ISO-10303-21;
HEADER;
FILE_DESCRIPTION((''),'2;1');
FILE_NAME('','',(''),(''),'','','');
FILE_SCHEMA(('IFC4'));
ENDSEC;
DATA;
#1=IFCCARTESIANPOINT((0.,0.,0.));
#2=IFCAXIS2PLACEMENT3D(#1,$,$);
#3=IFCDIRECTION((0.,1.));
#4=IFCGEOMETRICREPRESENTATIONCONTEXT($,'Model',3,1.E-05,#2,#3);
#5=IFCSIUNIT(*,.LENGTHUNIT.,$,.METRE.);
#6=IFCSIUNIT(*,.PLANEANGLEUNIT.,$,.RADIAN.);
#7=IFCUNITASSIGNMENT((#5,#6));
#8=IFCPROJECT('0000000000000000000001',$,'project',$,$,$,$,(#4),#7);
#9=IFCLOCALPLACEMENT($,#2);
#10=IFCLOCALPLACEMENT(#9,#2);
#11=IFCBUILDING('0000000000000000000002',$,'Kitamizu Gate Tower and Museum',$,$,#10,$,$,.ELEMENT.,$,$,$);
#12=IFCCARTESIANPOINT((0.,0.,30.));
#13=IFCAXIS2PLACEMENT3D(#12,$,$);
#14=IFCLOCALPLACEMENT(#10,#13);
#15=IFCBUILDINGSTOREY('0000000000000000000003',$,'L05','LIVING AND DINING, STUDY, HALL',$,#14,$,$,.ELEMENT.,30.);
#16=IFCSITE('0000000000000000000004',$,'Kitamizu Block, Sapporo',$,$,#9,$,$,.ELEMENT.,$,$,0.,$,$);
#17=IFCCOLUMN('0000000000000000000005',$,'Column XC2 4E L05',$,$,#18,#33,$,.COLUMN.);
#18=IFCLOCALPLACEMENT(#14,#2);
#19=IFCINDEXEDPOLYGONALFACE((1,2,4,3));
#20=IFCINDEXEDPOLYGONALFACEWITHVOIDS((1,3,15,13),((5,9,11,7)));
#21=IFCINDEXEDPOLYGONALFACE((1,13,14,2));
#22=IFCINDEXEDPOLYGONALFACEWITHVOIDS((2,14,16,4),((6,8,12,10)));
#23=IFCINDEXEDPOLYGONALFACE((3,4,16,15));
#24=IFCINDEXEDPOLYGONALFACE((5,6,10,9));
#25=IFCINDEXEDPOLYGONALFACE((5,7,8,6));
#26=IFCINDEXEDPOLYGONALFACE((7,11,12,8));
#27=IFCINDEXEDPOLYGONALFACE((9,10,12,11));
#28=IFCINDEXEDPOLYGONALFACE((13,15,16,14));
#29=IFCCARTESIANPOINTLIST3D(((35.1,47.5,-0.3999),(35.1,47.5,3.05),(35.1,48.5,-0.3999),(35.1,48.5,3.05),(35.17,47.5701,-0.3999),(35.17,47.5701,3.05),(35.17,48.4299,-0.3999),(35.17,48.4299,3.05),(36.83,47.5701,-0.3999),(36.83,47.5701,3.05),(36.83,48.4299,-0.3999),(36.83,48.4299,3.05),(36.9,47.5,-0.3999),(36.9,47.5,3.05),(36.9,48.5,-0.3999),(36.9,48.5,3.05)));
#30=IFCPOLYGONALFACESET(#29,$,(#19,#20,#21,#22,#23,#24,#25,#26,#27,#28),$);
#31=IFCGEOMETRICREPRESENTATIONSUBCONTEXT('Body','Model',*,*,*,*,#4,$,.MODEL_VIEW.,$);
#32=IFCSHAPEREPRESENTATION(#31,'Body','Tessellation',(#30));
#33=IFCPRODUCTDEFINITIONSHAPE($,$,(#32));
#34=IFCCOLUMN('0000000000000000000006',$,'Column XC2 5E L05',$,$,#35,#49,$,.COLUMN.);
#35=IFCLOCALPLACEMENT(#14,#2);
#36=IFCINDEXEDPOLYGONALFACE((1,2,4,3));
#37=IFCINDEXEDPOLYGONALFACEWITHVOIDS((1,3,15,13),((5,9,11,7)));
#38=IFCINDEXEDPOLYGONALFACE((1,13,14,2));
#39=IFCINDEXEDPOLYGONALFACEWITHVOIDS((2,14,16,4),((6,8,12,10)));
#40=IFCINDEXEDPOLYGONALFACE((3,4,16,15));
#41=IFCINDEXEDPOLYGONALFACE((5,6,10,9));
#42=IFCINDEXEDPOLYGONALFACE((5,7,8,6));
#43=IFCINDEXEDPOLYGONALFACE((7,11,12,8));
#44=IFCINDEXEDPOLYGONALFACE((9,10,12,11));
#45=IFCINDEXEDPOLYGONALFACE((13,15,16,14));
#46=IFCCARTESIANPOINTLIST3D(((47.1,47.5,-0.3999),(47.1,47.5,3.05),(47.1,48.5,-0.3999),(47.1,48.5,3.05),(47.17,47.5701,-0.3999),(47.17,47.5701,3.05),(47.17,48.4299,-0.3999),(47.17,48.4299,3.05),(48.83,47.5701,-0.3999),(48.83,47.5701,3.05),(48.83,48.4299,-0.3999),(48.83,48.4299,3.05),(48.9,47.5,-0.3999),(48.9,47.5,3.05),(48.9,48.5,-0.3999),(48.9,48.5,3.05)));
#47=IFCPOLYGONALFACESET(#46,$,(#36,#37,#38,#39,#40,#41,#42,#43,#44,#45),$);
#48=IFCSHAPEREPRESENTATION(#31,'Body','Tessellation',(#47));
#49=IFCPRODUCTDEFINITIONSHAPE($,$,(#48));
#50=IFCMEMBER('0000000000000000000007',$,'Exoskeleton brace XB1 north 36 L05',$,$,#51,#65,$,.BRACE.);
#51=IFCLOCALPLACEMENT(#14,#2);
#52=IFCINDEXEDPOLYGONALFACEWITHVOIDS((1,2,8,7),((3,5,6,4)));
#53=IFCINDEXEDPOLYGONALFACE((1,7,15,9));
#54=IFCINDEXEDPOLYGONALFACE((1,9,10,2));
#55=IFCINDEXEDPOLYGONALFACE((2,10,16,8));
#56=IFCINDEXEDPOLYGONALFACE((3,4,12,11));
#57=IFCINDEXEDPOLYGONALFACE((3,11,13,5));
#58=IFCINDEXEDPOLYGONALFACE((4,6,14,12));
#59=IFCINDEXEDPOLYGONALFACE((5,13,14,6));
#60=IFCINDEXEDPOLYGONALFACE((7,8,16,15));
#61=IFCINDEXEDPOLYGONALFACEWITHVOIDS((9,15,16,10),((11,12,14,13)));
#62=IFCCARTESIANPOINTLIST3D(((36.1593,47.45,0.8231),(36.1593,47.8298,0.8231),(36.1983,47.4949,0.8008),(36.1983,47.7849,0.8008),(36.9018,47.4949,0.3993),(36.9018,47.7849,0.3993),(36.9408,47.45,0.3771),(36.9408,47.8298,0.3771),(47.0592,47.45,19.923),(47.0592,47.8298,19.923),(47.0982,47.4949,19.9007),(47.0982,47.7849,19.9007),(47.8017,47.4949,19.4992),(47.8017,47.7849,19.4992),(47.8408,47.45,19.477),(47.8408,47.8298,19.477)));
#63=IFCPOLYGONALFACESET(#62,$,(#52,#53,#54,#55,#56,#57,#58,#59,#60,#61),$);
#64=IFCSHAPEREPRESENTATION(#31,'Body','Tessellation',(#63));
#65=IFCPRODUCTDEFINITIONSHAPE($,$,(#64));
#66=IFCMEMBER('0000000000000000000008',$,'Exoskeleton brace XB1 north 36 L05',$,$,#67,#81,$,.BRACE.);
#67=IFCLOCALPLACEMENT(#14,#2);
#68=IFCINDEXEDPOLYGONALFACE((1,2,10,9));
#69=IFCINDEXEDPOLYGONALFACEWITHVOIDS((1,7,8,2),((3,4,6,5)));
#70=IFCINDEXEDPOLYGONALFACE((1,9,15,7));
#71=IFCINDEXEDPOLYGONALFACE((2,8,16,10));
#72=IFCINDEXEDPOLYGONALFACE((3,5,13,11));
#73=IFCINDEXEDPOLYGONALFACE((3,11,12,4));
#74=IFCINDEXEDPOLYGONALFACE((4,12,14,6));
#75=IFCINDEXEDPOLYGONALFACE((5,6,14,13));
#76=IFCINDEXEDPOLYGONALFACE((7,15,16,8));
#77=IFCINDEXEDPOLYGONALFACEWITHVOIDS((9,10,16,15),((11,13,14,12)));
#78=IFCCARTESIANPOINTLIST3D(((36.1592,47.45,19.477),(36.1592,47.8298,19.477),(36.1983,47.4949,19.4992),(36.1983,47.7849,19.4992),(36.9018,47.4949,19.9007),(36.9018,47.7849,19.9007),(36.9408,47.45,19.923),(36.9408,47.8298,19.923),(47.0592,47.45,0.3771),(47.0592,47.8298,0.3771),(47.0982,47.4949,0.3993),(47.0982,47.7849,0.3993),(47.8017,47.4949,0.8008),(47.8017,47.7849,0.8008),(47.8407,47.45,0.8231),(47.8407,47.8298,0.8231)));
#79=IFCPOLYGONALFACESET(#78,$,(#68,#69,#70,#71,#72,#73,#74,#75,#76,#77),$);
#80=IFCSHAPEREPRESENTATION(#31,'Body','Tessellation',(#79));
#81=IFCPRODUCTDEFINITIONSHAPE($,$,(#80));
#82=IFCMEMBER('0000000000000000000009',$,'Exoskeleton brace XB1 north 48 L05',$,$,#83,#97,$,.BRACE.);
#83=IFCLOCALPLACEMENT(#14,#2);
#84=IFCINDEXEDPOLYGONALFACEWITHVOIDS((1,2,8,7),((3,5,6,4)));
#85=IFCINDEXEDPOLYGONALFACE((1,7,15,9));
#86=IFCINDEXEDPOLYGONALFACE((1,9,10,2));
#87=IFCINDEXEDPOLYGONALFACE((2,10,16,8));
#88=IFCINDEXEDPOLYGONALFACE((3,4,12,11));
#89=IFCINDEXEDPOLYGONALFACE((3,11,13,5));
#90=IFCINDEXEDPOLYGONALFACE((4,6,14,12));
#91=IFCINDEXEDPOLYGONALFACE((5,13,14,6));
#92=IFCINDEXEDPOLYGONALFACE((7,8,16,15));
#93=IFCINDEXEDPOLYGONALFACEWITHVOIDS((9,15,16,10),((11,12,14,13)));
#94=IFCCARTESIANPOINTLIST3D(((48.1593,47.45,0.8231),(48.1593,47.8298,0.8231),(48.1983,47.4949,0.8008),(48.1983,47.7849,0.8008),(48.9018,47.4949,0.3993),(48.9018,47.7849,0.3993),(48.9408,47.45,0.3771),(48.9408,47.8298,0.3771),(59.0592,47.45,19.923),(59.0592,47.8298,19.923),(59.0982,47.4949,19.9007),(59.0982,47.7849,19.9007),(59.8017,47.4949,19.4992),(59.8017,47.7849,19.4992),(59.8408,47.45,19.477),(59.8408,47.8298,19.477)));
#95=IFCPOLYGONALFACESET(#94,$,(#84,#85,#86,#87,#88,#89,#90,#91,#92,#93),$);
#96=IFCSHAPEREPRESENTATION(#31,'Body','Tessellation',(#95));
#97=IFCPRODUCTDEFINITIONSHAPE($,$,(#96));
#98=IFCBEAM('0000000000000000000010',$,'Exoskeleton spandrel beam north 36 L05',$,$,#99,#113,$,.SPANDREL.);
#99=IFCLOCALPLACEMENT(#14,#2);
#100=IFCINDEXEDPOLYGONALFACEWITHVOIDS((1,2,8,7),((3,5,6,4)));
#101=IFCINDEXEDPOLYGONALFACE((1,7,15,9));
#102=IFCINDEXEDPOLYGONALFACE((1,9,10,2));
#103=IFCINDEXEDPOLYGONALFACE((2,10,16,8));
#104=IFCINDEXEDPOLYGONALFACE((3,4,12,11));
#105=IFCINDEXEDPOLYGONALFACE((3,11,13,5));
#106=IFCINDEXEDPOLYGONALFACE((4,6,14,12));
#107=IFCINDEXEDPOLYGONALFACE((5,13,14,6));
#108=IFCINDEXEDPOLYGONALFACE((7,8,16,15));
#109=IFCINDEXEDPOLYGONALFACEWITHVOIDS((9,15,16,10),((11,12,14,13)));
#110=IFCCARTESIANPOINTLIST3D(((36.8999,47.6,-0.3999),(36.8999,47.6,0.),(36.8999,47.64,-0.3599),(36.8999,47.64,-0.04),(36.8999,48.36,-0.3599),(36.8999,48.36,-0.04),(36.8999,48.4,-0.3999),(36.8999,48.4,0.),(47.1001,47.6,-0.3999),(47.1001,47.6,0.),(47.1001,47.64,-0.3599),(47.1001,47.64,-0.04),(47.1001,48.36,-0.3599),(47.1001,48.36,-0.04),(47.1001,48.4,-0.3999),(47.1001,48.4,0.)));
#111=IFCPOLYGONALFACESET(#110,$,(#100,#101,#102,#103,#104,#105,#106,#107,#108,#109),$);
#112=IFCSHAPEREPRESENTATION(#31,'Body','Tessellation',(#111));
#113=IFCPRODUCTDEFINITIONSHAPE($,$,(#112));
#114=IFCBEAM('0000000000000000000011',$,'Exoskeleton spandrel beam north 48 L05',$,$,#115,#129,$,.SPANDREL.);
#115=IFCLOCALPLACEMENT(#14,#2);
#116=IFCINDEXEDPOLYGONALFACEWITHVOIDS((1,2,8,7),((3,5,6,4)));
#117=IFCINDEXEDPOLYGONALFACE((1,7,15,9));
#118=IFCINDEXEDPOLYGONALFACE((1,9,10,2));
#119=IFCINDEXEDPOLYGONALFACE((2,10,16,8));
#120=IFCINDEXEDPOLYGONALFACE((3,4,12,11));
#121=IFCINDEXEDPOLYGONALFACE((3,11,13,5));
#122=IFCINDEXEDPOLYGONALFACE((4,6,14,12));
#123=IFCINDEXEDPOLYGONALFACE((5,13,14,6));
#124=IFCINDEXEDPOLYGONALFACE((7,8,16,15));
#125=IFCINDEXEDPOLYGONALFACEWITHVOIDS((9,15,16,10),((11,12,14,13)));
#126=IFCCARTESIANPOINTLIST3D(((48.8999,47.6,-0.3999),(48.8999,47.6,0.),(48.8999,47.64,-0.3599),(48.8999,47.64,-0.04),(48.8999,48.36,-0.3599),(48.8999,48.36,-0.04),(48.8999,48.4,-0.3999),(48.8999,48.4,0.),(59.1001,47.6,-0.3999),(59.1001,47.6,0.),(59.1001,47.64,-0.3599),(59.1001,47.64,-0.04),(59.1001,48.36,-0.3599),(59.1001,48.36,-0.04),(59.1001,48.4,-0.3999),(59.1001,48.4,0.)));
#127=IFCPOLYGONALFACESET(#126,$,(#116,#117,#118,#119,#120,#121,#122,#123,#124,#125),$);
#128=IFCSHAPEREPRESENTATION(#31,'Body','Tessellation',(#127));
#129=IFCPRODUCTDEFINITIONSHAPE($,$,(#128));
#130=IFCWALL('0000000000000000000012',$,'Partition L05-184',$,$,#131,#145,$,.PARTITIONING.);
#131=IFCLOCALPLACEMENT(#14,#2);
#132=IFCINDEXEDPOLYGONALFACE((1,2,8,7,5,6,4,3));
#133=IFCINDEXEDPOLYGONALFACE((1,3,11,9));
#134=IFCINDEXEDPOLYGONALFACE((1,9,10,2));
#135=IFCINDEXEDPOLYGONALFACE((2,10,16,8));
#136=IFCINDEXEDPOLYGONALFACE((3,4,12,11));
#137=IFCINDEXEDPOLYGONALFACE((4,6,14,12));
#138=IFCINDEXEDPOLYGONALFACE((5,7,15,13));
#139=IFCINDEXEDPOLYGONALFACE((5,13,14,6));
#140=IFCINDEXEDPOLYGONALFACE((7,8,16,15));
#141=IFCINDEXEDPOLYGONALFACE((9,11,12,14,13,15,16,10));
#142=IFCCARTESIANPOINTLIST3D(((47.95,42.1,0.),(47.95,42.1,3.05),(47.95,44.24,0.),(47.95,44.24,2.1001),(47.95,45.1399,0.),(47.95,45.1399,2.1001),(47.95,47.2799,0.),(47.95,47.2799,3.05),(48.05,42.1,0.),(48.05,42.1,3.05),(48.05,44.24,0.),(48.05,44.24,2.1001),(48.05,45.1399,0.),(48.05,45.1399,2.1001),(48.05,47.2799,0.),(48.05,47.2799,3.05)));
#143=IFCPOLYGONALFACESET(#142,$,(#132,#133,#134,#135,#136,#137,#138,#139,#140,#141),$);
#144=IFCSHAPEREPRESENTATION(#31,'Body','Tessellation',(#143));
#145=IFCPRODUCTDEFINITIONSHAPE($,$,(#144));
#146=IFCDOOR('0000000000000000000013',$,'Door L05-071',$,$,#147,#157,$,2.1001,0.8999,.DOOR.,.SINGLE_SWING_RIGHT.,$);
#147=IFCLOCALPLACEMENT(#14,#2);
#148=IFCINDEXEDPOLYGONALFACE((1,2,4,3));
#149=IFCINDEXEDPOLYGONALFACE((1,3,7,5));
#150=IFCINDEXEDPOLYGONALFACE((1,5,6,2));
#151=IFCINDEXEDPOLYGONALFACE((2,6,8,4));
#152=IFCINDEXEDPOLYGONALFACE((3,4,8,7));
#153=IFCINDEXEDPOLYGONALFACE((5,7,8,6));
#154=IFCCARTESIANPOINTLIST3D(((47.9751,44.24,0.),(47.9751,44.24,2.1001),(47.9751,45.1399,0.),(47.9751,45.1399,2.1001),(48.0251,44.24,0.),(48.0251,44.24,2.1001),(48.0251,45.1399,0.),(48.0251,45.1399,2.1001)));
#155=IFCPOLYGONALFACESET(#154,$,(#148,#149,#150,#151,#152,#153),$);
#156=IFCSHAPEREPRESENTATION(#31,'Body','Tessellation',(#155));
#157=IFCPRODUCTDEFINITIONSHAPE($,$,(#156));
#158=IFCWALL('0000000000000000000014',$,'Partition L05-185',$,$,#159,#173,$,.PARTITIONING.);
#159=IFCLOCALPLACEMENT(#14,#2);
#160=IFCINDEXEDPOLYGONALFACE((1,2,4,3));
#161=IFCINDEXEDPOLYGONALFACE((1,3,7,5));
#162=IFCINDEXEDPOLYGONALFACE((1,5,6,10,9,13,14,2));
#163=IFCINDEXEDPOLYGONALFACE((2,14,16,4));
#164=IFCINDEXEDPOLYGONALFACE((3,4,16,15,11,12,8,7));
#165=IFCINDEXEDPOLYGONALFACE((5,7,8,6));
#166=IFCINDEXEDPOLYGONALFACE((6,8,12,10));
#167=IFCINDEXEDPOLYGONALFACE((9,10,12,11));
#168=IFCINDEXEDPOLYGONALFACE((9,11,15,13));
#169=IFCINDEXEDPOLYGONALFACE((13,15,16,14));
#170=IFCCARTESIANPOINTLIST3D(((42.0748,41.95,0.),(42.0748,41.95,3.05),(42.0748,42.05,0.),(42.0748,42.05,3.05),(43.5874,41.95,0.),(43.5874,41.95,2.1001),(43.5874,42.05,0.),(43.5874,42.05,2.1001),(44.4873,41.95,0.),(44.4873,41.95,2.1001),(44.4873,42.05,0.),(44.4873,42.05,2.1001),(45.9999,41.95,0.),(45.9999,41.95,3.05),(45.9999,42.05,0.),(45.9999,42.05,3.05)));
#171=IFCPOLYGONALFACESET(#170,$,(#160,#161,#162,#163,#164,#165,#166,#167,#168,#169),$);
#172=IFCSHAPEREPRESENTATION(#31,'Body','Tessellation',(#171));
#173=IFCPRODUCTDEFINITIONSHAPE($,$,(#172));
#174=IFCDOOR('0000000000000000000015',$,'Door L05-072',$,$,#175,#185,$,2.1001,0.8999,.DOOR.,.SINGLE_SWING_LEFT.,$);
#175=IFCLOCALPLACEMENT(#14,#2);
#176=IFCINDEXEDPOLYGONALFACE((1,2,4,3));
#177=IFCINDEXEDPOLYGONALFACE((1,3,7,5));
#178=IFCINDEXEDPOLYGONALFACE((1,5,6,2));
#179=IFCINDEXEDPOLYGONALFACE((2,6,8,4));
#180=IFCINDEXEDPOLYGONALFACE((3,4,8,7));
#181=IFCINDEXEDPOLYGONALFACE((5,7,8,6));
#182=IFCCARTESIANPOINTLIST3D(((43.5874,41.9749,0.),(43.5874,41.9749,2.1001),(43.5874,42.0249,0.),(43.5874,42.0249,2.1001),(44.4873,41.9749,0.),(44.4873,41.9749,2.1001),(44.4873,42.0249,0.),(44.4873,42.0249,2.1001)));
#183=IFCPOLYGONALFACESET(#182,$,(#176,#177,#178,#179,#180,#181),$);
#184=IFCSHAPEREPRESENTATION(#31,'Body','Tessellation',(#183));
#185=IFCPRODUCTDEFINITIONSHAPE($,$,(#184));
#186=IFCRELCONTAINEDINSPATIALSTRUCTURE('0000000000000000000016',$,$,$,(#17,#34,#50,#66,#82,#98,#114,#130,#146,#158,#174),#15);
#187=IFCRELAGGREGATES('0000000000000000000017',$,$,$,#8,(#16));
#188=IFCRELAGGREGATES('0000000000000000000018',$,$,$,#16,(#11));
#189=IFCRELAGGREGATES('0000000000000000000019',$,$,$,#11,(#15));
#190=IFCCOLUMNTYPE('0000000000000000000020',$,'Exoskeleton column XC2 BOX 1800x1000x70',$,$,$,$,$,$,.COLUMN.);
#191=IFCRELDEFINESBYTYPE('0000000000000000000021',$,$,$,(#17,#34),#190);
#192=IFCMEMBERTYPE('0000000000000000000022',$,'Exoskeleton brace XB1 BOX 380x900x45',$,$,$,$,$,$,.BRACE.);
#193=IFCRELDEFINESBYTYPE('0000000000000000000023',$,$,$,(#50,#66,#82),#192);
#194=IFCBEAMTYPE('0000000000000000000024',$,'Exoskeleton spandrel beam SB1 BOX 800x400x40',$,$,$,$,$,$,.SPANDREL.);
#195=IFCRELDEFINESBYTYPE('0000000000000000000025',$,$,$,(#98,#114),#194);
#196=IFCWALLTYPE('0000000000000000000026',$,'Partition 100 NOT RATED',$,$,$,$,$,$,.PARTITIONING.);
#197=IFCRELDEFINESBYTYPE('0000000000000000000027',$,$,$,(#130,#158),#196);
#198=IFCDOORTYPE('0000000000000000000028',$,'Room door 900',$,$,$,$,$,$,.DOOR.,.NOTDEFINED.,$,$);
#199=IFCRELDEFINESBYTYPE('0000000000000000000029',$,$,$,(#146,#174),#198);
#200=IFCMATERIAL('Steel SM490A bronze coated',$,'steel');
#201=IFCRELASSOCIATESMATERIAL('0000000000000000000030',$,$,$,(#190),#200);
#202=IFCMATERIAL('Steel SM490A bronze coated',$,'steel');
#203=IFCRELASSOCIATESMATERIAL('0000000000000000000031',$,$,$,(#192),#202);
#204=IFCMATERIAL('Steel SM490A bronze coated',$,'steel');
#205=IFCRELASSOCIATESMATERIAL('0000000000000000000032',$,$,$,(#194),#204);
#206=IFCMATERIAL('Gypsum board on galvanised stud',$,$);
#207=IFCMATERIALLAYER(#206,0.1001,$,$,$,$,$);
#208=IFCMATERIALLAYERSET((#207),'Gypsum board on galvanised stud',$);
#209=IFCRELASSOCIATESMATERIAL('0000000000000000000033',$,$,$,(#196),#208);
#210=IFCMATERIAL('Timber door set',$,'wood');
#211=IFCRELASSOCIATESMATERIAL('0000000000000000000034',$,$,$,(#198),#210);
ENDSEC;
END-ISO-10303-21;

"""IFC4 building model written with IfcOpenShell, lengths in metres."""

from ifc_helpers import new_model, si_unit, direction, frame, frame_2d, origin, origin_2d, place, context, subcontext, project, spatial, rectangle, hollow_rectangle, extrude, material, layer, layer_set, material_profile, profile_set, type_object, element, fill, save


model = new_model("IFC4")

# Units and contexts
model_context = context("Model", 3, precision=1e-05, world=origin(), true_north=direction((0.0, 1.0)))
body_context = subcontext(model_context, "Body", "Model", "MODEL_VIEW")
ifc_project = project(units=[si_unit("LENGTHUNIT", "METRE"), si_unit("PLANEANGLEUNIT", "RADIAN")], contexts=[model_context])

# Site, building, storey
site_placement = place(None, origin())
site = spatial("IfcSite", under=ifc_project, at=site_placement, Name="Kitamizu Block, Sapporo", CompositionType="ELEMENT", RefElevation=0.0)
building_placement = place(site_placement, origin())
building = spatial("IfcBuilding", under=site, at=building_placement, Name="Kitamizu Gate Tower and Museum", CompositionType="ELEMENT")
storey_placement = place(building_placement, frame((0.0, 0.0, 30.0)))
storey = spatial("IfcBuildingStorey", under=building, at=storey_placement, Name="L05", Description="LIVING AND DINING, STUDY, HALL", CompositionType="ELEMENT", Elevation=30.0)

# Columns
ifc_material_1 = material(Name="Steel SM490A bronze coated", Category="steel")
ifc_material_profile_1 = material_profile(ifc_material_1, hollow_rectangle(XDim=1.8, YDim=1.0, WallThickness=0.0701, at=origin_2d()), Name="BOX 1800x1000x70")
ifc_profile_set_1 = profile_set([ifc_material_profile_1], Name="Steel SM490A bronze coated")
column_type = type_object("IfcColumnType", Name="Exoskeleton column XC2 BOX 1800x1000x70", PredefinedType="COLUMN", material=ifc_profile_set_1)
for number, where, z_axis, x_axis, name in (
    (1, (36.0, 48.0, -0.3999), (0.0, 0.0, 1.0), (1.0, 0.0, 0.0), "Column XC2 4E L05"),
    (2, (48.0, 48.0, -0.3999), (0.0, 0.0, 1.0), (1.0, 0.0, 0.0), "Column XC2 5E L05"),
):
    element("IfcColumn", number, at=place(storey_placement, frame(where, z_axis=z_axis, x_axis=x_axis)), inside=storey, type_object=column_type, Name=name, PredefinedType="COLUMN", context=body_context, shape_type="SweptSolid", body=[
        extrude(hollow_rectangle(XDim=1.8, YDim=1.0, WallThickness=0.0701, at=origin_2d()), origin(), (0.0, 0.0, 1.0), 3.45),
    ])

# Members
ifc_material_2 = material(Name="Steel SM490A bronze coated", Category="steel")
ifc_material_profile_2 = material_profile(ifc_material_2, hollow_rectangle(XDim=0.3799, YDim=0.8999, WallThickness=0.0449, at=origin_2d()), Name="BOX 380x900x45")
ifc_profile_set_2 = profile_set([ifc_material_profile_2], Name="Steel SM490A bronze coated")
member_type = type_object("IfcMemberType", Name="Exoskeleton brace XB1 BOX 380x900x45", PredefinedType="BRACE", material=ifc_profile_set_2)
for number, where, z_axis, x_axis, name in (
    (3, (36.55, 47.6399, 0.6001), (0.495649, 0.0, 0.868523), (0.0, 1.0, 0.0), "Exoskeleton brace XB1 north 36 L05"),
    (4, (47.45, 47.6399, 0.6001), (-0.495649, 0.0, 0.868523), (0.0, -1.0, 0.0), "Exoskeleton brace XB1 north 36 L05"),
    (5, (48.55, 47.6399, 0.6001), (0.495649, 0.0, 0.868523), (0.0, 1.0, 0.0), "Exoskeleton brace XB1 north 48 L05"),
):
    element("IfcMember", number, at=place(storey_placement, frame(where, z_axis=z_axis, x_axis=x_axis)), inside=storey, type_object=member_type, Name=name, PredefinedType="BRACE", context=body_context, shape_type="SweptSolid", body=[
        extrude(hollow_rectangle(XDim=0.3799, YDim=0.8999, WallThickness=0.0449, at=origin_2d()), origin(), (0.0, 0.0, 1.0), 21.9912),
    ])

# Beams
ifc_material_3 = material(Name="Steel SM490A bronze coated", Category="steel")
ifc_material_profile_3 = material_profile(ifc_material_3, hollow_rectangle(XDim=0.8, YDim=0.3999, WallThickness=0.04, at=origin_2d()), Name="BOX 800x400x40")
ifc_profile_set_3 = profile_set([ifc_material_profile_3], Name="Steel SM490A bronze coated")
beam_type = type_object("IfcBeamType", Name="Exoskeleton spandrel beam SB1 BOX 800x400x40", PredefinedType="SPANDREL", material=ifc_profile_set_3)
for number, where, z_axis, x_axis, name in (
    (6, (36.8999, 48.0, -0.2), (1.0, 0.0, 0.0), (0.0, 1.0, 0.0), "Exoskeleton spandrel beam north 36 L05"),
    (7, (48.8999, 48.0, -0.2), (1.0, 0.0, 0.0), (0.0, 1.0, 0.0), "Exoskeleton spandrel beam north 48 L05"),
):
    element("IfcBeam", number, at=place(storey_placement, frame(where, z_axis=z_axis, x_axis=x_axis)), inside=storey, type_object=beam_type, Name=name, PredefinedType="SPANDREL", context=body_context, shape_type="SweptSolid", body=[
        extrude(hollow_rectangle(XDim=0.8, YDim=0.3999, WallThickness=0.04, at=origin_2d()), origin(), (0.0, 0.0, 1.0), 10.2002),
    ])

# Walls, openings, doors
ifc_material_4 = material(Name="Gypsum board on galvanised stud")
ifc_layer_1 = layer(ifc_material_4, 0.1001)
ifc_layer_set_1 = layer_set([ifc_layer_1], Name="Gypsum board on galvanised stud")
wall_type_1 = type_object("IfcWallType", Name="Partition 100 NOT RATED", PredefinedType="PARTITIONING", material=ifc_layer_set_1)
wall_1_placement = place(storey_placement, frame((48.0, 42.1001, 0.0), z_axis=(0.0, 0.0, 1.0), x_axis=(0.0, 1.0, 0.0)))
wall_1 = element("IfcWall", 8, at=wall_1_placement, inside=storey, type_object=wall_type_1, Name="Partition L05-184", PredefinedType="PARTITIONING", context=body_context, shape_type="SweptSolid", body=[
    extrude(rectangle(XDim=5.1799, YDim=0.1001, at=frame_2d((2.5898, 0.0))), origin(), (0.0, 0.0, 1.0), 3.05),
])
opening_1_placement = place(wall_1_placement, frame((2.1399, 0.0, 0.0)))
opening_1 = element("IfcOpeningElement", 9, at=opening_1_placement, cuts=wall_1, PredefinedType="OPENING", context=body_context, shape_type="SweptSolid", body=[
    extrude(rectangle(XDim=0.8999, YDim=2.1001, at=frame_2d((0.45, 1.05))), frame((0.0, 0.0601, 0.0), z_axis=(0.0, -1.0, 0.0), x_axis=(1.0, 0.0, 0.0)), (0.0, 0.0, 1.0), 0.1201),
])
ifc_material_5 = material(Name="Timber door set", Category="wood")
door_type_1 = type_object("IfcDoorType", Name="Room door 900", OperationType="NOTDEFINED", PredefinedType="DOOR", material=ifc_material_5)
door_1_placement = place(opening_1_placement, origin())
door_1 = element("IfcDoor", 10, at=door_1_placement, inside=storey, type_object=door_type_1, Name="Door L05-071", OperationType="SINGLE_SWING_RIGHT", OverallHeight=2.1001, OverallWidth=0.8999, PredefinedType="DOOR", context=body_context, shape_type="SweptSolid", body=[
    extrude(rectangle(XDim=0.8999, YDim=2.1001, at=frame_2d((0.45, 1.05))), frame((0.0, 0.0249, 0.0), z_axis=(0.0, -1.0, 0.0), x_axis=(1.0, 0.0, 0.0)), (0.0, 0.0, 1.0), 0.05),
])
fill(opening_1, door_1)
wall_2_placement = place(storey_placement, frame((42.075, 42.0, 0.0), z_axis=(0.0, 0.0, 1.0), x_axis=(1.0, 0.0, 0.0)))
wall_2 = element("IfcWall", 11, at=wall_2_placement, inside=storey, type_object=wall_type_1, Name="Partition L05-185", PredefinedType="PARTITIONING", context=body_context, shape_type="SweptSolid", body=[
    extrude(rectangle(XDim=3.925, YDim=0.1001, at=frame_2d((1.9624, 0.0))), origin(), (0.0, 0.0, 1.0), 3.05),
])
opening_2_placement = place(wall_2_placement, frame((1.5125, 0.0, 0.0)))
opening_2 = element("IfcOpeningElement", 12, at=opening_2_placement, cuts=wall_2, PredefinedType="OPENING", context=body_context, shape_type="SweptSolid", body=[
    extrude(rectangle(XDim=0.8999, YDim=2.1001, at=frame_2d((0.45, 1.05))), frame((0.0, 0.0601, 0.0), z_axis=(0.0, -1.0, 0.0), x_axis=(1.0, 0.0, 0.0)), (0.0, 0.0, 1.0), 0.1201),
])
door_2_placement = place(opening_2_placement, origin())
door_2 = element("IfcDoor", 13, at=door_2_placement, inside=storey, type_object=door_type_1, Name="Door L05-072", OperationType="SINGLE_SWING_LEFT", OverallHeight=2.1001, OverallWidth=0.8999, PredefinedType="DOOR", context=body_context, shape_type="SweptSolid", body=[
    extrude(rectangle(XDim=0.8999, YDim=2.1001, at=frame_2d((0.45, 1.05))), frame((0.0, 0.0249, 0.0), z_axis=(0.0, -1.0, 0.0), x_axis=(1.0, 0.0, 0.0)), (0.0, 0.0, 1.0), 0.05),
])
fill(opening_2, door_2)

save(model, "model.ifc")
